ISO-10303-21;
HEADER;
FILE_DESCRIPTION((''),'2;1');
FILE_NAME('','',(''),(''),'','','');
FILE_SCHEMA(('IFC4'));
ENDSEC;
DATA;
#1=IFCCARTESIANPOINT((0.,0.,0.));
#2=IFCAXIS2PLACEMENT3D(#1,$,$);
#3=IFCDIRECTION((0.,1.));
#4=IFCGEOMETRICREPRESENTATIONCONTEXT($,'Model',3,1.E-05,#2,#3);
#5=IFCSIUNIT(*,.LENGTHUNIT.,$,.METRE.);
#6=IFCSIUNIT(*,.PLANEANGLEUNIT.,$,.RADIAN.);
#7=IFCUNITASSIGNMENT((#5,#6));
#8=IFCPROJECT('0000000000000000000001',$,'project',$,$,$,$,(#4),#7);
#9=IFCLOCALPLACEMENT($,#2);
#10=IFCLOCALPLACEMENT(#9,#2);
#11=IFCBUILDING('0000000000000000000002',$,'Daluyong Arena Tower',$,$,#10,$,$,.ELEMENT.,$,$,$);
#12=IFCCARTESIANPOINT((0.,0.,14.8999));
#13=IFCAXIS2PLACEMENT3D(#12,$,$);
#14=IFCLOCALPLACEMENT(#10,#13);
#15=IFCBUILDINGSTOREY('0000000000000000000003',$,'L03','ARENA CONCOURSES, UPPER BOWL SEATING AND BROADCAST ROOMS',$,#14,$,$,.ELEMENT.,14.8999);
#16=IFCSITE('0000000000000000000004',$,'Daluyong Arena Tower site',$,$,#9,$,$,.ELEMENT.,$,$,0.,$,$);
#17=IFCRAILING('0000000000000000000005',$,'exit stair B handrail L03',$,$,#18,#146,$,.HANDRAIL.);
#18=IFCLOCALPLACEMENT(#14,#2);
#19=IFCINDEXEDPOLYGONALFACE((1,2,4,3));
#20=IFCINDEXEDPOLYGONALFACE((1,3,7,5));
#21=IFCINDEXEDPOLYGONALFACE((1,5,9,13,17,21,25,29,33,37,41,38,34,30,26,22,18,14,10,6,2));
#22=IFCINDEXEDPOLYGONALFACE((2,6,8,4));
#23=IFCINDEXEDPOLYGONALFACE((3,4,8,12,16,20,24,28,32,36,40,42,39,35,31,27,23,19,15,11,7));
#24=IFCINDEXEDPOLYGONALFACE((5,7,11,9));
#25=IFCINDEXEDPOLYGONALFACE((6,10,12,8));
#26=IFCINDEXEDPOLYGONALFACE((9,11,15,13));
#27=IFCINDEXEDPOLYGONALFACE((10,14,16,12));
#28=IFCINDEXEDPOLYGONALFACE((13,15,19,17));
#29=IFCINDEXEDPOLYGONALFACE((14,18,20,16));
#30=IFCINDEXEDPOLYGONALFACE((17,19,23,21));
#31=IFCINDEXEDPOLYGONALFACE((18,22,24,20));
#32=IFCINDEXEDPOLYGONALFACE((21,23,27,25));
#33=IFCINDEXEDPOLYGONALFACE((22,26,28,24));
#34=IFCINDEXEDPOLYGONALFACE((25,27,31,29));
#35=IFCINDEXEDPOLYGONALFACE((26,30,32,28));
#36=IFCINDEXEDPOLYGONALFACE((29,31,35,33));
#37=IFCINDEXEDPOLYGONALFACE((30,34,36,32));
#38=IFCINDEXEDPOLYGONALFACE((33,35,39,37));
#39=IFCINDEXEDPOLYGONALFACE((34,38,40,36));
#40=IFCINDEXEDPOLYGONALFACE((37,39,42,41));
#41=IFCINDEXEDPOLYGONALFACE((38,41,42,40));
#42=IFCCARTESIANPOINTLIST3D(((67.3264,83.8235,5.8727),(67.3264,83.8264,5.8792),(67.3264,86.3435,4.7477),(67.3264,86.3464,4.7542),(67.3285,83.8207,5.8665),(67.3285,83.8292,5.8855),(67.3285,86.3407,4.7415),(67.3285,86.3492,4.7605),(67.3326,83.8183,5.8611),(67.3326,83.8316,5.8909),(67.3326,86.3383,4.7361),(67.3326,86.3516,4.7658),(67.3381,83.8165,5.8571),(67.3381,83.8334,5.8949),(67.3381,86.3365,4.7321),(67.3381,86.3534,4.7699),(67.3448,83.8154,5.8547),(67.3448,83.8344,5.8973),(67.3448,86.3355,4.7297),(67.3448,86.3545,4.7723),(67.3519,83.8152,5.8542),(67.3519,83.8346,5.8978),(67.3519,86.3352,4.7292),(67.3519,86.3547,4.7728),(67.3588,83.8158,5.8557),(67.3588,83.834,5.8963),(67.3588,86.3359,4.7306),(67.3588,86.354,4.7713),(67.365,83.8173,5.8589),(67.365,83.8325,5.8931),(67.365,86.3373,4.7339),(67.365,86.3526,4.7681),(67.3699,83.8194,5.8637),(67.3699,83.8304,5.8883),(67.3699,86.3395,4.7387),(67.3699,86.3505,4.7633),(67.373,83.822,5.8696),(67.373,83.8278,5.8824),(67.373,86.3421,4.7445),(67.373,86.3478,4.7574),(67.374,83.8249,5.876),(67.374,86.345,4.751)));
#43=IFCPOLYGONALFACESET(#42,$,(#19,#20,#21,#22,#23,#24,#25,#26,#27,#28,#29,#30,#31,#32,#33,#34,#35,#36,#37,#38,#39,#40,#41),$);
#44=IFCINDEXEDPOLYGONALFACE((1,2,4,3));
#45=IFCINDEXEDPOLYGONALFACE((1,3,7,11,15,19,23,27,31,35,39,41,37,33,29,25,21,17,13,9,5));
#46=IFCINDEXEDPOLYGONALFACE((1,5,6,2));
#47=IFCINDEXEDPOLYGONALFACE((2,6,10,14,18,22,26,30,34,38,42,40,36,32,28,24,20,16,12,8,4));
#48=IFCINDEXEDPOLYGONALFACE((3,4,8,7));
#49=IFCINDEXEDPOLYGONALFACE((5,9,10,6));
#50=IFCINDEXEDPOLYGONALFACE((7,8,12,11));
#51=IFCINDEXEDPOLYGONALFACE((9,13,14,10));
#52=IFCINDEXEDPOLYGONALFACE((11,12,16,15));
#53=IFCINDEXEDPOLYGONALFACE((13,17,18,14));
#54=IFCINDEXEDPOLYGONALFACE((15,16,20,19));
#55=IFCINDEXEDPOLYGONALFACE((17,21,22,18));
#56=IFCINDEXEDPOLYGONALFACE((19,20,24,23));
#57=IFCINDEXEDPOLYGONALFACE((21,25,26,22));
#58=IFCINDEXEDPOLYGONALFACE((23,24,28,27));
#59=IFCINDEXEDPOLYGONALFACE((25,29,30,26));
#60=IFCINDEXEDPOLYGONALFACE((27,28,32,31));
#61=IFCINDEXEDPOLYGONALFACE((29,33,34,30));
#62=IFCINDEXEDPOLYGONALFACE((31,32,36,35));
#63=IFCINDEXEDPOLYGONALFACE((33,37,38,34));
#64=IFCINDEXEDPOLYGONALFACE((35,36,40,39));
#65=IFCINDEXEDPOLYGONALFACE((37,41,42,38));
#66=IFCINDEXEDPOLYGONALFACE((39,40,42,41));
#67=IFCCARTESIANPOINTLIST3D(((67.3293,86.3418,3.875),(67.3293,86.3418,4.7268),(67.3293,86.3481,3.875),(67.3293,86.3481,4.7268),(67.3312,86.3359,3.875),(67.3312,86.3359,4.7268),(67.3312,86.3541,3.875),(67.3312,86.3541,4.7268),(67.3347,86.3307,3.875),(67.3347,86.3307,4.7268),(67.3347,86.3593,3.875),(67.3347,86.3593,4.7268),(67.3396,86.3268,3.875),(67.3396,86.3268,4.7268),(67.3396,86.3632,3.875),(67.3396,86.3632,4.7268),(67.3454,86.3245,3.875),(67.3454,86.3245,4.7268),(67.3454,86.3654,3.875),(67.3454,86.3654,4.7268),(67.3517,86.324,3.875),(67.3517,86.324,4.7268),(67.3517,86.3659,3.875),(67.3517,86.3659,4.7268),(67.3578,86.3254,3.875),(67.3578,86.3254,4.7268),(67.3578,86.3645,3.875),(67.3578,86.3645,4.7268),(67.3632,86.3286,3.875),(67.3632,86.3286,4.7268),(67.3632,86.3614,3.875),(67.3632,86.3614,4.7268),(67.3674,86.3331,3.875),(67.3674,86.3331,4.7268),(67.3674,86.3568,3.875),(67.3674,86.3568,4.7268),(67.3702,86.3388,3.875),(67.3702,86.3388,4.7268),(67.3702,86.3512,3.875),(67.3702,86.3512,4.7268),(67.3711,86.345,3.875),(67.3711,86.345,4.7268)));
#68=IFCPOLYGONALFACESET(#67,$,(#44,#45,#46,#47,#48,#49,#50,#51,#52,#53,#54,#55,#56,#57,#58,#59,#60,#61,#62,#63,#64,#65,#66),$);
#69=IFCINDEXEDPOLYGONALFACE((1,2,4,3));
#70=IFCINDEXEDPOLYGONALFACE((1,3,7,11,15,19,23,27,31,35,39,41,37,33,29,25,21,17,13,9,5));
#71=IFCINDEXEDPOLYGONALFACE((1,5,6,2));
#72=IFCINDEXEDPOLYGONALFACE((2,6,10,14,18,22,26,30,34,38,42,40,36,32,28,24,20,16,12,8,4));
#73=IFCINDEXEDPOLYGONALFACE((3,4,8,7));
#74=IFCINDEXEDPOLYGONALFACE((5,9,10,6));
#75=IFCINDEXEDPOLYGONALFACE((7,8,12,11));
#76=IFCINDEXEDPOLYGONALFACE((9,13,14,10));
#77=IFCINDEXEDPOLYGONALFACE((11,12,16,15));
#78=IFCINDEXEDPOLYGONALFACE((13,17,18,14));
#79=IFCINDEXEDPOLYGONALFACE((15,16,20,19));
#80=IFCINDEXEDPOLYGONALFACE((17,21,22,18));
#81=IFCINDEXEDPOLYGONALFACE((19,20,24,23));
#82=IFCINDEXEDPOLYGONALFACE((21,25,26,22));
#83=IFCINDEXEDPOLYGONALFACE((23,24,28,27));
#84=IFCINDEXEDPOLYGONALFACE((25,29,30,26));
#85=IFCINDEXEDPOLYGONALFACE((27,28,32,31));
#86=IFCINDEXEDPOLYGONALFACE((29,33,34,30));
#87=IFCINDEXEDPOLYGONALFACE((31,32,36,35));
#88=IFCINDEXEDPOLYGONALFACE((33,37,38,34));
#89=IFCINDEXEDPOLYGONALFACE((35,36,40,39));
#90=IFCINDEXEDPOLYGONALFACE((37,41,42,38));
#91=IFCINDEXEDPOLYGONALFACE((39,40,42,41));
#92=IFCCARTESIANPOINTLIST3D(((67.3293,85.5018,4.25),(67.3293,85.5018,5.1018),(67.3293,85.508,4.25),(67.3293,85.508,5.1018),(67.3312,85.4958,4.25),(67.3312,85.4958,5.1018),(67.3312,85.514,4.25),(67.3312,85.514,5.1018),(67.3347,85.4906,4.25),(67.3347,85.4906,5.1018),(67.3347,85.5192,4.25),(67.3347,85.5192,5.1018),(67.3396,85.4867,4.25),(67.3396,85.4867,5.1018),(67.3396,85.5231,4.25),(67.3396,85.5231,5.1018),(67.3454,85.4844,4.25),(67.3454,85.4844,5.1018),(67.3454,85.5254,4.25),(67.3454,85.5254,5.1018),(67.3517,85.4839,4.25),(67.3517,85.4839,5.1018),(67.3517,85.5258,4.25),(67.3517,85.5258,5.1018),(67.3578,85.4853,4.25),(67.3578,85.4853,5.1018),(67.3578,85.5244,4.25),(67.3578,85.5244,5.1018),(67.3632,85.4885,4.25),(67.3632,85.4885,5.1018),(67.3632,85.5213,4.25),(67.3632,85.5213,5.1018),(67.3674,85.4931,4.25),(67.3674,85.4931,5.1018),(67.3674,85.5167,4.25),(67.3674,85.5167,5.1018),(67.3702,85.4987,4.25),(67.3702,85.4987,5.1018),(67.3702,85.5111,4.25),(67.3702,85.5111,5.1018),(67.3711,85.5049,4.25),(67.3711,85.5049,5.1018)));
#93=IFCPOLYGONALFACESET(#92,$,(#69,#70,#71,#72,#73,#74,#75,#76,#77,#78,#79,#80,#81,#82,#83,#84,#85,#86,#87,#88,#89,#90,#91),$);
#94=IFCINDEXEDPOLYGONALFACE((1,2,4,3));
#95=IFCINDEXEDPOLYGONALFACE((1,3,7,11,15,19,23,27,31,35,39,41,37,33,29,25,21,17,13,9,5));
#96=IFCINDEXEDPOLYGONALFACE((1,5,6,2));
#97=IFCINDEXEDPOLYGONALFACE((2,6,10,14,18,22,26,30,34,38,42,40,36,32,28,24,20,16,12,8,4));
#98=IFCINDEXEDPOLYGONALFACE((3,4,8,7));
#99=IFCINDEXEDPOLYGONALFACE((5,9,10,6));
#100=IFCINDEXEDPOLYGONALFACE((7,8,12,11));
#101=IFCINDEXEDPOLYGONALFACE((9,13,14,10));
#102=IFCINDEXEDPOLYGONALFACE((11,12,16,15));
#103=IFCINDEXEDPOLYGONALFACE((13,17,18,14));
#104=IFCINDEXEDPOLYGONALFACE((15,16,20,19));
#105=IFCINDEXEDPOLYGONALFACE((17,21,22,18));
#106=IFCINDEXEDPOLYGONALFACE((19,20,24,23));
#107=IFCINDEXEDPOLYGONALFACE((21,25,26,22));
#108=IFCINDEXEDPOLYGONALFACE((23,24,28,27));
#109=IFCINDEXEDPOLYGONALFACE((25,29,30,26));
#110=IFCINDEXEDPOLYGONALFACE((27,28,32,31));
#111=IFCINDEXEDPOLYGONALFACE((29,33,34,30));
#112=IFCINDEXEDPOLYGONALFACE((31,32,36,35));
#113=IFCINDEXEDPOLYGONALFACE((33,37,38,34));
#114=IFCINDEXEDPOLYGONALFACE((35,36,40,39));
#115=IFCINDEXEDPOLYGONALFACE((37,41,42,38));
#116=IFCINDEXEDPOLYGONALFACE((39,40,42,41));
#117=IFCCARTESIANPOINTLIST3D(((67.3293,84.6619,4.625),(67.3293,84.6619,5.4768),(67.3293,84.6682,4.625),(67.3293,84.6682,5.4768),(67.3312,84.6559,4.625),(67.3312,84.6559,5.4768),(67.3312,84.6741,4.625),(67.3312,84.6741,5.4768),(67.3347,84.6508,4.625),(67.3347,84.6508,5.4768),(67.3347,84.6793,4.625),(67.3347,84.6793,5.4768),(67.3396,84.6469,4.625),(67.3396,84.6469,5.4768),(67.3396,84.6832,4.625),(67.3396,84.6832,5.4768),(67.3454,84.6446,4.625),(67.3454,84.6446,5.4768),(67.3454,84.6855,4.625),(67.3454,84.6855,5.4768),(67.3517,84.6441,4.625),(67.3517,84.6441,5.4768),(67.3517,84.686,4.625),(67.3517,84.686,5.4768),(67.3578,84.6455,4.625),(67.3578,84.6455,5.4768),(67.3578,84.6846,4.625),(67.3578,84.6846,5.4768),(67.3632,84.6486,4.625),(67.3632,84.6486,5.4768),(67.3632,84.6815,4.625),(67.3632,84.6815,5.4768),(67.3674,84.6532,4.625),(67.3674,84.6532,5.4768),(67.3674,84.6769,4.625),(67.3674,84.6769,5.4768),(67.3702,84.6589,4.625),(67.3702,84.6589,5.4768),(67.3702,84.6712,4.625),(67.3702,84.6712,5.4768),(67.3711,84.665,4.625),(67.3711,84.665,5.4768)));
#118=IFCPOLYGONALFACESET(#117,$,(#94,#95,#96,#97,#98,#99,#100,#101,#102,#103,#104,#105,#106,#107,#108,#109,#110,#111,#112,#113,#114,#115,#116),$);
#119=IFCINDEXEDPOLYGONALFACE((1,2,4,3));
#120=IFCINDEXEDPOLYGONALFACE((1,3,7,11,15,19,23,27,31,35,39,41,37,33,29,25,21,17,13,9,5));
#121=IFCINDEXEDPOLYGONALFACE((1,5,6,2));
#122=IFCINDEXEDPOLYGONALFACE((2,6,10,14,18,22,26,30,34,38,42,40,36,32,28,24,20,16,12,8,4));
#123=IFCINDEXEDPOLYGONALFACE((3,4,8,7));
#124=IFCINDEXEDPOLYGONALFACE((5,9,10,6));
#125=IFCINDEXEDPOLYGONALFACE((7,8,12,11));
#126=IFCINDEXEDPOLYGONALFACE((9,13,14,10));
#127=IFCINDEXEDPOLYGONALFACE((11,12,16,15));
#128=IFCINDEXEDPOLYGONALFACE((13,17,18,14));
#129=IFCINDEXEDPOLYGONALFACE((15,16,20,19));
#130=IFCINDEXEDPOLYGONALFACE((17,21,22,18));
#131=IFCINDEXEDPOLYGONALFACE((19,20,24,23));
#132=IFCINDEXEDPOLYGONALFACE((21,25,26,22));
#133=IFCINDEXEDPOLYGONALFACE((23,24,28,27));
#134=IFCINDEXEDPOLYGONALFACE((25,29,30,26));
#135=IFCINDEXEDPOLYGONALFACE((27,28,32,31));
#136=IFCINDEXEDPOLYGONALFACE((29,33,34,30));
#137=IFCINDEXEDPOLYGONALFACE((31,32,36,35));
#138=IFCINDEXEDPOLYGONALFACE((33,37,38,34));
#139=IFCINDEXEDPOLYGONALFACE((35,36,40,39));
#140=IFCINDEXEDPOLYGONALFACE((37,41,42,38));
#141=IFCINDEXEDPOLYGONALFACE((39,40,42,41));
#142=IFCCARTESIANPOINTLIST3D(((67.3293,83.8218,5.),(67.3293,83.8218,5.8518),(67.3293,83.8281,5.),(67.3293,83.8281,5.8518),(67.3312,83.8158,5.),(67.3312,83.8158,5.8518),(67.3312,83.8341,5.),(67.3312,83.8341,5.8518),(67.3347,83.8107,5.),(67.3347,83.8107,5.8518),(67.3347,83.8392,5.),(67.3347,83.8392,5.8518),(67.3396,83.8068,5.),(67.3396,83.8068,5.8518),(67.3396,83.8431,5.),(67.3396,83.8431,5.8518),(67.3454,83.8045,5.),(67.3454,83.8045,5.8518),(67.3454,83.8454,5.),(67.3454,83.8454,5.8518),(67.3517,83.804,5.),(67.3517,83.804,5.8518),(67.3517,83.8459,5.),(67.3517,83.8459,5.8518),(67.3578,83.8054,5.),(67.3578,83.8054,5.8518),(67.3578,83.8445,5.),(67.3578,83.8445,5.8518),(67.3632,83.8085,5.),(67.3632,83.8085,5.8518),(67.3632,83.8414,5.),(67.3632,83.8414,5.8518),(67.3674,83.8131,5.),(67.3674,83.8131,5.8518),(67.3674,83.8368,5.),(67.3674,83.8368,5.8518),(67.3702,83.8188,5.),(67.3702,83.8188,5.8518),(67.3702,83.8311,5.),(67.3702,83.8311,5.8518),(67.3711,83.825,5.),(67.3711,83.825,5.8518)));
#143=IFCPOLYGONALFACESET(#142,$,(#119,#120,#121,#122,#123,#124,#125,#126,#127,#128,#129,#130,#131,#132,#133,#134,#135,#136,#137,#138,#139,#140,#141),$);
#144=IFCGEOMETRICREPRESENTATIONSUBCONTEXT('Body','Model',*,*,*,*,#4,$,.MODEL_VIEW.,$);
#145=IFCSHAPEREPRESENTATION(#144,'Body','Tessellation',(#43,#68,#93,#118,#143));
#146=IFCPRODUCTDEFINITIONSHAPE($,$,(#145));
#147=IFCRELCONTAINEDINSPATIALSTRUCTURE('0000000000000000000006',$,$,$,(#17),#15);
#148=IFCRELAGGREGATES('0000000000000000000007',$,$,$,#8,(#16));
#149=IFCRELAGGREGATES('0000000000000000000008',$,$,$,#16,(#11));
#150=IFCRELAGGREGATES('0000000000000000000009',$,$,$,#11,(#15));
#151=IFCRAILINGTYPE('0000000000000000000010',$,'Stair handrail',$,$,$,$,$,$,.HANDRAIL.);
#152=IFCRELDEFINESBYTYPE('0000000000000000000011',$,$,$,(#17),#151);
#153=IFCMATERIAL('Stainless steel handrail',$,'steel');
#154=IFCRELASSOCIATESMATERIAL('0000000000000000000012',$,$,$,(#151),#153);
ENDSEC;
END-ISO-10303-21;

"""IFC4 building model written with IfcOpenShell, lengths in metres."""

from ifc_helpers import new_model, si_unit, direction, frame, origin, origin_2d, place, context, subcontext, project, spatial, circle, extrude, material, type_object, element, save


model = new_model("IFC4")

# Units and contexts
model_context = context("Model", 3, precision=1e-05, world=origin(), true_north=direction((0.0, 1.0)))
body_context = subcontext(model_context, "Body", "Model", "MODEL_VIEW")
ifc_project = project(units=[si_unit("LENGTHUNIT", "METRE"), si_unit("PLANEANGLEUNIT", "RADIAN")], contexts=[model_context])

# Site, building, storey
site_placement = place(None, origin())
site = spatial("IfcSite", under=ifc_project, at=site_placement, Name="Daluyong Arena Tower site", CompositionType="ELEMENT", RefElevation=0.0)
building_placement = place(site_placement, origin())
building = spatial("IfcBuilding", under=site, at=building_placement, Name="Daluyong Arena Tower", CompositionType="ELEMENT")
storey_placement = place(building_placement, frame((0.0, 0.0, 14.8999)))
storey = spatial("IfcBuildingStorey", under=building, at=storey_placement, Name="L03", Description="ARENA CONCOURSES, UPPER BOWL SEATING AND BROADCAST ROOMS", CompositionType="ELEMENT", Elevation=14.8999)

# Railing
ifc_material_1 = material(Name="Stainless steel handrail", Category="steel")
railing_type_1 = type_object("IfcRailingType", Name="Stair handrail", PredefinedType="HANDRAIL", material=ifc_material_1)
for number, where, name in (
    (1, (67.3501, 86.345, 3.875), "exit stair B handrail L03"),
):
    element("IfcRailing", number, at=place(storey_placement, frame(where)), inside=storey, type_object=railing_type_1, Name=name, PredefinedType="HANDRAIL", context=body_context, shape_type="SweptSolid", body=[
        extrude(circle(Radius=0.0239, at=origin_2d()), frame((0.0, 0.0, 0.876), z_axis=(0.0, -0.913139, 0.407648), x_axis=(1.0, 0.0, 0.0)), (0.0, 0.0, 1.0), 2.7598),
        extrude(circle(Radius=0.021, at=origin_2d()), origin(), (0.0, 0.0, 1.0), 0.8518),
        extrude(circle(Radius=0.021, at=origin_2d()), frame((0.0, -0.8401, 0.375)), (0.0, 0.0, 1.0), 0.8518),
        extrude(circle(Radius=0.021, at=origin_2d()), frame((0.0, -1.6799, 0.75)), (0.0, 0.0, 1.0), 0.8518),
        extrude(circle(Radius=0.021, at=origin_2d()), frame((0.0, -2.52, 1.125)), (0.0, 0.0, 1.0), 0.8518),
    ])

save(model, "model.ifc")
